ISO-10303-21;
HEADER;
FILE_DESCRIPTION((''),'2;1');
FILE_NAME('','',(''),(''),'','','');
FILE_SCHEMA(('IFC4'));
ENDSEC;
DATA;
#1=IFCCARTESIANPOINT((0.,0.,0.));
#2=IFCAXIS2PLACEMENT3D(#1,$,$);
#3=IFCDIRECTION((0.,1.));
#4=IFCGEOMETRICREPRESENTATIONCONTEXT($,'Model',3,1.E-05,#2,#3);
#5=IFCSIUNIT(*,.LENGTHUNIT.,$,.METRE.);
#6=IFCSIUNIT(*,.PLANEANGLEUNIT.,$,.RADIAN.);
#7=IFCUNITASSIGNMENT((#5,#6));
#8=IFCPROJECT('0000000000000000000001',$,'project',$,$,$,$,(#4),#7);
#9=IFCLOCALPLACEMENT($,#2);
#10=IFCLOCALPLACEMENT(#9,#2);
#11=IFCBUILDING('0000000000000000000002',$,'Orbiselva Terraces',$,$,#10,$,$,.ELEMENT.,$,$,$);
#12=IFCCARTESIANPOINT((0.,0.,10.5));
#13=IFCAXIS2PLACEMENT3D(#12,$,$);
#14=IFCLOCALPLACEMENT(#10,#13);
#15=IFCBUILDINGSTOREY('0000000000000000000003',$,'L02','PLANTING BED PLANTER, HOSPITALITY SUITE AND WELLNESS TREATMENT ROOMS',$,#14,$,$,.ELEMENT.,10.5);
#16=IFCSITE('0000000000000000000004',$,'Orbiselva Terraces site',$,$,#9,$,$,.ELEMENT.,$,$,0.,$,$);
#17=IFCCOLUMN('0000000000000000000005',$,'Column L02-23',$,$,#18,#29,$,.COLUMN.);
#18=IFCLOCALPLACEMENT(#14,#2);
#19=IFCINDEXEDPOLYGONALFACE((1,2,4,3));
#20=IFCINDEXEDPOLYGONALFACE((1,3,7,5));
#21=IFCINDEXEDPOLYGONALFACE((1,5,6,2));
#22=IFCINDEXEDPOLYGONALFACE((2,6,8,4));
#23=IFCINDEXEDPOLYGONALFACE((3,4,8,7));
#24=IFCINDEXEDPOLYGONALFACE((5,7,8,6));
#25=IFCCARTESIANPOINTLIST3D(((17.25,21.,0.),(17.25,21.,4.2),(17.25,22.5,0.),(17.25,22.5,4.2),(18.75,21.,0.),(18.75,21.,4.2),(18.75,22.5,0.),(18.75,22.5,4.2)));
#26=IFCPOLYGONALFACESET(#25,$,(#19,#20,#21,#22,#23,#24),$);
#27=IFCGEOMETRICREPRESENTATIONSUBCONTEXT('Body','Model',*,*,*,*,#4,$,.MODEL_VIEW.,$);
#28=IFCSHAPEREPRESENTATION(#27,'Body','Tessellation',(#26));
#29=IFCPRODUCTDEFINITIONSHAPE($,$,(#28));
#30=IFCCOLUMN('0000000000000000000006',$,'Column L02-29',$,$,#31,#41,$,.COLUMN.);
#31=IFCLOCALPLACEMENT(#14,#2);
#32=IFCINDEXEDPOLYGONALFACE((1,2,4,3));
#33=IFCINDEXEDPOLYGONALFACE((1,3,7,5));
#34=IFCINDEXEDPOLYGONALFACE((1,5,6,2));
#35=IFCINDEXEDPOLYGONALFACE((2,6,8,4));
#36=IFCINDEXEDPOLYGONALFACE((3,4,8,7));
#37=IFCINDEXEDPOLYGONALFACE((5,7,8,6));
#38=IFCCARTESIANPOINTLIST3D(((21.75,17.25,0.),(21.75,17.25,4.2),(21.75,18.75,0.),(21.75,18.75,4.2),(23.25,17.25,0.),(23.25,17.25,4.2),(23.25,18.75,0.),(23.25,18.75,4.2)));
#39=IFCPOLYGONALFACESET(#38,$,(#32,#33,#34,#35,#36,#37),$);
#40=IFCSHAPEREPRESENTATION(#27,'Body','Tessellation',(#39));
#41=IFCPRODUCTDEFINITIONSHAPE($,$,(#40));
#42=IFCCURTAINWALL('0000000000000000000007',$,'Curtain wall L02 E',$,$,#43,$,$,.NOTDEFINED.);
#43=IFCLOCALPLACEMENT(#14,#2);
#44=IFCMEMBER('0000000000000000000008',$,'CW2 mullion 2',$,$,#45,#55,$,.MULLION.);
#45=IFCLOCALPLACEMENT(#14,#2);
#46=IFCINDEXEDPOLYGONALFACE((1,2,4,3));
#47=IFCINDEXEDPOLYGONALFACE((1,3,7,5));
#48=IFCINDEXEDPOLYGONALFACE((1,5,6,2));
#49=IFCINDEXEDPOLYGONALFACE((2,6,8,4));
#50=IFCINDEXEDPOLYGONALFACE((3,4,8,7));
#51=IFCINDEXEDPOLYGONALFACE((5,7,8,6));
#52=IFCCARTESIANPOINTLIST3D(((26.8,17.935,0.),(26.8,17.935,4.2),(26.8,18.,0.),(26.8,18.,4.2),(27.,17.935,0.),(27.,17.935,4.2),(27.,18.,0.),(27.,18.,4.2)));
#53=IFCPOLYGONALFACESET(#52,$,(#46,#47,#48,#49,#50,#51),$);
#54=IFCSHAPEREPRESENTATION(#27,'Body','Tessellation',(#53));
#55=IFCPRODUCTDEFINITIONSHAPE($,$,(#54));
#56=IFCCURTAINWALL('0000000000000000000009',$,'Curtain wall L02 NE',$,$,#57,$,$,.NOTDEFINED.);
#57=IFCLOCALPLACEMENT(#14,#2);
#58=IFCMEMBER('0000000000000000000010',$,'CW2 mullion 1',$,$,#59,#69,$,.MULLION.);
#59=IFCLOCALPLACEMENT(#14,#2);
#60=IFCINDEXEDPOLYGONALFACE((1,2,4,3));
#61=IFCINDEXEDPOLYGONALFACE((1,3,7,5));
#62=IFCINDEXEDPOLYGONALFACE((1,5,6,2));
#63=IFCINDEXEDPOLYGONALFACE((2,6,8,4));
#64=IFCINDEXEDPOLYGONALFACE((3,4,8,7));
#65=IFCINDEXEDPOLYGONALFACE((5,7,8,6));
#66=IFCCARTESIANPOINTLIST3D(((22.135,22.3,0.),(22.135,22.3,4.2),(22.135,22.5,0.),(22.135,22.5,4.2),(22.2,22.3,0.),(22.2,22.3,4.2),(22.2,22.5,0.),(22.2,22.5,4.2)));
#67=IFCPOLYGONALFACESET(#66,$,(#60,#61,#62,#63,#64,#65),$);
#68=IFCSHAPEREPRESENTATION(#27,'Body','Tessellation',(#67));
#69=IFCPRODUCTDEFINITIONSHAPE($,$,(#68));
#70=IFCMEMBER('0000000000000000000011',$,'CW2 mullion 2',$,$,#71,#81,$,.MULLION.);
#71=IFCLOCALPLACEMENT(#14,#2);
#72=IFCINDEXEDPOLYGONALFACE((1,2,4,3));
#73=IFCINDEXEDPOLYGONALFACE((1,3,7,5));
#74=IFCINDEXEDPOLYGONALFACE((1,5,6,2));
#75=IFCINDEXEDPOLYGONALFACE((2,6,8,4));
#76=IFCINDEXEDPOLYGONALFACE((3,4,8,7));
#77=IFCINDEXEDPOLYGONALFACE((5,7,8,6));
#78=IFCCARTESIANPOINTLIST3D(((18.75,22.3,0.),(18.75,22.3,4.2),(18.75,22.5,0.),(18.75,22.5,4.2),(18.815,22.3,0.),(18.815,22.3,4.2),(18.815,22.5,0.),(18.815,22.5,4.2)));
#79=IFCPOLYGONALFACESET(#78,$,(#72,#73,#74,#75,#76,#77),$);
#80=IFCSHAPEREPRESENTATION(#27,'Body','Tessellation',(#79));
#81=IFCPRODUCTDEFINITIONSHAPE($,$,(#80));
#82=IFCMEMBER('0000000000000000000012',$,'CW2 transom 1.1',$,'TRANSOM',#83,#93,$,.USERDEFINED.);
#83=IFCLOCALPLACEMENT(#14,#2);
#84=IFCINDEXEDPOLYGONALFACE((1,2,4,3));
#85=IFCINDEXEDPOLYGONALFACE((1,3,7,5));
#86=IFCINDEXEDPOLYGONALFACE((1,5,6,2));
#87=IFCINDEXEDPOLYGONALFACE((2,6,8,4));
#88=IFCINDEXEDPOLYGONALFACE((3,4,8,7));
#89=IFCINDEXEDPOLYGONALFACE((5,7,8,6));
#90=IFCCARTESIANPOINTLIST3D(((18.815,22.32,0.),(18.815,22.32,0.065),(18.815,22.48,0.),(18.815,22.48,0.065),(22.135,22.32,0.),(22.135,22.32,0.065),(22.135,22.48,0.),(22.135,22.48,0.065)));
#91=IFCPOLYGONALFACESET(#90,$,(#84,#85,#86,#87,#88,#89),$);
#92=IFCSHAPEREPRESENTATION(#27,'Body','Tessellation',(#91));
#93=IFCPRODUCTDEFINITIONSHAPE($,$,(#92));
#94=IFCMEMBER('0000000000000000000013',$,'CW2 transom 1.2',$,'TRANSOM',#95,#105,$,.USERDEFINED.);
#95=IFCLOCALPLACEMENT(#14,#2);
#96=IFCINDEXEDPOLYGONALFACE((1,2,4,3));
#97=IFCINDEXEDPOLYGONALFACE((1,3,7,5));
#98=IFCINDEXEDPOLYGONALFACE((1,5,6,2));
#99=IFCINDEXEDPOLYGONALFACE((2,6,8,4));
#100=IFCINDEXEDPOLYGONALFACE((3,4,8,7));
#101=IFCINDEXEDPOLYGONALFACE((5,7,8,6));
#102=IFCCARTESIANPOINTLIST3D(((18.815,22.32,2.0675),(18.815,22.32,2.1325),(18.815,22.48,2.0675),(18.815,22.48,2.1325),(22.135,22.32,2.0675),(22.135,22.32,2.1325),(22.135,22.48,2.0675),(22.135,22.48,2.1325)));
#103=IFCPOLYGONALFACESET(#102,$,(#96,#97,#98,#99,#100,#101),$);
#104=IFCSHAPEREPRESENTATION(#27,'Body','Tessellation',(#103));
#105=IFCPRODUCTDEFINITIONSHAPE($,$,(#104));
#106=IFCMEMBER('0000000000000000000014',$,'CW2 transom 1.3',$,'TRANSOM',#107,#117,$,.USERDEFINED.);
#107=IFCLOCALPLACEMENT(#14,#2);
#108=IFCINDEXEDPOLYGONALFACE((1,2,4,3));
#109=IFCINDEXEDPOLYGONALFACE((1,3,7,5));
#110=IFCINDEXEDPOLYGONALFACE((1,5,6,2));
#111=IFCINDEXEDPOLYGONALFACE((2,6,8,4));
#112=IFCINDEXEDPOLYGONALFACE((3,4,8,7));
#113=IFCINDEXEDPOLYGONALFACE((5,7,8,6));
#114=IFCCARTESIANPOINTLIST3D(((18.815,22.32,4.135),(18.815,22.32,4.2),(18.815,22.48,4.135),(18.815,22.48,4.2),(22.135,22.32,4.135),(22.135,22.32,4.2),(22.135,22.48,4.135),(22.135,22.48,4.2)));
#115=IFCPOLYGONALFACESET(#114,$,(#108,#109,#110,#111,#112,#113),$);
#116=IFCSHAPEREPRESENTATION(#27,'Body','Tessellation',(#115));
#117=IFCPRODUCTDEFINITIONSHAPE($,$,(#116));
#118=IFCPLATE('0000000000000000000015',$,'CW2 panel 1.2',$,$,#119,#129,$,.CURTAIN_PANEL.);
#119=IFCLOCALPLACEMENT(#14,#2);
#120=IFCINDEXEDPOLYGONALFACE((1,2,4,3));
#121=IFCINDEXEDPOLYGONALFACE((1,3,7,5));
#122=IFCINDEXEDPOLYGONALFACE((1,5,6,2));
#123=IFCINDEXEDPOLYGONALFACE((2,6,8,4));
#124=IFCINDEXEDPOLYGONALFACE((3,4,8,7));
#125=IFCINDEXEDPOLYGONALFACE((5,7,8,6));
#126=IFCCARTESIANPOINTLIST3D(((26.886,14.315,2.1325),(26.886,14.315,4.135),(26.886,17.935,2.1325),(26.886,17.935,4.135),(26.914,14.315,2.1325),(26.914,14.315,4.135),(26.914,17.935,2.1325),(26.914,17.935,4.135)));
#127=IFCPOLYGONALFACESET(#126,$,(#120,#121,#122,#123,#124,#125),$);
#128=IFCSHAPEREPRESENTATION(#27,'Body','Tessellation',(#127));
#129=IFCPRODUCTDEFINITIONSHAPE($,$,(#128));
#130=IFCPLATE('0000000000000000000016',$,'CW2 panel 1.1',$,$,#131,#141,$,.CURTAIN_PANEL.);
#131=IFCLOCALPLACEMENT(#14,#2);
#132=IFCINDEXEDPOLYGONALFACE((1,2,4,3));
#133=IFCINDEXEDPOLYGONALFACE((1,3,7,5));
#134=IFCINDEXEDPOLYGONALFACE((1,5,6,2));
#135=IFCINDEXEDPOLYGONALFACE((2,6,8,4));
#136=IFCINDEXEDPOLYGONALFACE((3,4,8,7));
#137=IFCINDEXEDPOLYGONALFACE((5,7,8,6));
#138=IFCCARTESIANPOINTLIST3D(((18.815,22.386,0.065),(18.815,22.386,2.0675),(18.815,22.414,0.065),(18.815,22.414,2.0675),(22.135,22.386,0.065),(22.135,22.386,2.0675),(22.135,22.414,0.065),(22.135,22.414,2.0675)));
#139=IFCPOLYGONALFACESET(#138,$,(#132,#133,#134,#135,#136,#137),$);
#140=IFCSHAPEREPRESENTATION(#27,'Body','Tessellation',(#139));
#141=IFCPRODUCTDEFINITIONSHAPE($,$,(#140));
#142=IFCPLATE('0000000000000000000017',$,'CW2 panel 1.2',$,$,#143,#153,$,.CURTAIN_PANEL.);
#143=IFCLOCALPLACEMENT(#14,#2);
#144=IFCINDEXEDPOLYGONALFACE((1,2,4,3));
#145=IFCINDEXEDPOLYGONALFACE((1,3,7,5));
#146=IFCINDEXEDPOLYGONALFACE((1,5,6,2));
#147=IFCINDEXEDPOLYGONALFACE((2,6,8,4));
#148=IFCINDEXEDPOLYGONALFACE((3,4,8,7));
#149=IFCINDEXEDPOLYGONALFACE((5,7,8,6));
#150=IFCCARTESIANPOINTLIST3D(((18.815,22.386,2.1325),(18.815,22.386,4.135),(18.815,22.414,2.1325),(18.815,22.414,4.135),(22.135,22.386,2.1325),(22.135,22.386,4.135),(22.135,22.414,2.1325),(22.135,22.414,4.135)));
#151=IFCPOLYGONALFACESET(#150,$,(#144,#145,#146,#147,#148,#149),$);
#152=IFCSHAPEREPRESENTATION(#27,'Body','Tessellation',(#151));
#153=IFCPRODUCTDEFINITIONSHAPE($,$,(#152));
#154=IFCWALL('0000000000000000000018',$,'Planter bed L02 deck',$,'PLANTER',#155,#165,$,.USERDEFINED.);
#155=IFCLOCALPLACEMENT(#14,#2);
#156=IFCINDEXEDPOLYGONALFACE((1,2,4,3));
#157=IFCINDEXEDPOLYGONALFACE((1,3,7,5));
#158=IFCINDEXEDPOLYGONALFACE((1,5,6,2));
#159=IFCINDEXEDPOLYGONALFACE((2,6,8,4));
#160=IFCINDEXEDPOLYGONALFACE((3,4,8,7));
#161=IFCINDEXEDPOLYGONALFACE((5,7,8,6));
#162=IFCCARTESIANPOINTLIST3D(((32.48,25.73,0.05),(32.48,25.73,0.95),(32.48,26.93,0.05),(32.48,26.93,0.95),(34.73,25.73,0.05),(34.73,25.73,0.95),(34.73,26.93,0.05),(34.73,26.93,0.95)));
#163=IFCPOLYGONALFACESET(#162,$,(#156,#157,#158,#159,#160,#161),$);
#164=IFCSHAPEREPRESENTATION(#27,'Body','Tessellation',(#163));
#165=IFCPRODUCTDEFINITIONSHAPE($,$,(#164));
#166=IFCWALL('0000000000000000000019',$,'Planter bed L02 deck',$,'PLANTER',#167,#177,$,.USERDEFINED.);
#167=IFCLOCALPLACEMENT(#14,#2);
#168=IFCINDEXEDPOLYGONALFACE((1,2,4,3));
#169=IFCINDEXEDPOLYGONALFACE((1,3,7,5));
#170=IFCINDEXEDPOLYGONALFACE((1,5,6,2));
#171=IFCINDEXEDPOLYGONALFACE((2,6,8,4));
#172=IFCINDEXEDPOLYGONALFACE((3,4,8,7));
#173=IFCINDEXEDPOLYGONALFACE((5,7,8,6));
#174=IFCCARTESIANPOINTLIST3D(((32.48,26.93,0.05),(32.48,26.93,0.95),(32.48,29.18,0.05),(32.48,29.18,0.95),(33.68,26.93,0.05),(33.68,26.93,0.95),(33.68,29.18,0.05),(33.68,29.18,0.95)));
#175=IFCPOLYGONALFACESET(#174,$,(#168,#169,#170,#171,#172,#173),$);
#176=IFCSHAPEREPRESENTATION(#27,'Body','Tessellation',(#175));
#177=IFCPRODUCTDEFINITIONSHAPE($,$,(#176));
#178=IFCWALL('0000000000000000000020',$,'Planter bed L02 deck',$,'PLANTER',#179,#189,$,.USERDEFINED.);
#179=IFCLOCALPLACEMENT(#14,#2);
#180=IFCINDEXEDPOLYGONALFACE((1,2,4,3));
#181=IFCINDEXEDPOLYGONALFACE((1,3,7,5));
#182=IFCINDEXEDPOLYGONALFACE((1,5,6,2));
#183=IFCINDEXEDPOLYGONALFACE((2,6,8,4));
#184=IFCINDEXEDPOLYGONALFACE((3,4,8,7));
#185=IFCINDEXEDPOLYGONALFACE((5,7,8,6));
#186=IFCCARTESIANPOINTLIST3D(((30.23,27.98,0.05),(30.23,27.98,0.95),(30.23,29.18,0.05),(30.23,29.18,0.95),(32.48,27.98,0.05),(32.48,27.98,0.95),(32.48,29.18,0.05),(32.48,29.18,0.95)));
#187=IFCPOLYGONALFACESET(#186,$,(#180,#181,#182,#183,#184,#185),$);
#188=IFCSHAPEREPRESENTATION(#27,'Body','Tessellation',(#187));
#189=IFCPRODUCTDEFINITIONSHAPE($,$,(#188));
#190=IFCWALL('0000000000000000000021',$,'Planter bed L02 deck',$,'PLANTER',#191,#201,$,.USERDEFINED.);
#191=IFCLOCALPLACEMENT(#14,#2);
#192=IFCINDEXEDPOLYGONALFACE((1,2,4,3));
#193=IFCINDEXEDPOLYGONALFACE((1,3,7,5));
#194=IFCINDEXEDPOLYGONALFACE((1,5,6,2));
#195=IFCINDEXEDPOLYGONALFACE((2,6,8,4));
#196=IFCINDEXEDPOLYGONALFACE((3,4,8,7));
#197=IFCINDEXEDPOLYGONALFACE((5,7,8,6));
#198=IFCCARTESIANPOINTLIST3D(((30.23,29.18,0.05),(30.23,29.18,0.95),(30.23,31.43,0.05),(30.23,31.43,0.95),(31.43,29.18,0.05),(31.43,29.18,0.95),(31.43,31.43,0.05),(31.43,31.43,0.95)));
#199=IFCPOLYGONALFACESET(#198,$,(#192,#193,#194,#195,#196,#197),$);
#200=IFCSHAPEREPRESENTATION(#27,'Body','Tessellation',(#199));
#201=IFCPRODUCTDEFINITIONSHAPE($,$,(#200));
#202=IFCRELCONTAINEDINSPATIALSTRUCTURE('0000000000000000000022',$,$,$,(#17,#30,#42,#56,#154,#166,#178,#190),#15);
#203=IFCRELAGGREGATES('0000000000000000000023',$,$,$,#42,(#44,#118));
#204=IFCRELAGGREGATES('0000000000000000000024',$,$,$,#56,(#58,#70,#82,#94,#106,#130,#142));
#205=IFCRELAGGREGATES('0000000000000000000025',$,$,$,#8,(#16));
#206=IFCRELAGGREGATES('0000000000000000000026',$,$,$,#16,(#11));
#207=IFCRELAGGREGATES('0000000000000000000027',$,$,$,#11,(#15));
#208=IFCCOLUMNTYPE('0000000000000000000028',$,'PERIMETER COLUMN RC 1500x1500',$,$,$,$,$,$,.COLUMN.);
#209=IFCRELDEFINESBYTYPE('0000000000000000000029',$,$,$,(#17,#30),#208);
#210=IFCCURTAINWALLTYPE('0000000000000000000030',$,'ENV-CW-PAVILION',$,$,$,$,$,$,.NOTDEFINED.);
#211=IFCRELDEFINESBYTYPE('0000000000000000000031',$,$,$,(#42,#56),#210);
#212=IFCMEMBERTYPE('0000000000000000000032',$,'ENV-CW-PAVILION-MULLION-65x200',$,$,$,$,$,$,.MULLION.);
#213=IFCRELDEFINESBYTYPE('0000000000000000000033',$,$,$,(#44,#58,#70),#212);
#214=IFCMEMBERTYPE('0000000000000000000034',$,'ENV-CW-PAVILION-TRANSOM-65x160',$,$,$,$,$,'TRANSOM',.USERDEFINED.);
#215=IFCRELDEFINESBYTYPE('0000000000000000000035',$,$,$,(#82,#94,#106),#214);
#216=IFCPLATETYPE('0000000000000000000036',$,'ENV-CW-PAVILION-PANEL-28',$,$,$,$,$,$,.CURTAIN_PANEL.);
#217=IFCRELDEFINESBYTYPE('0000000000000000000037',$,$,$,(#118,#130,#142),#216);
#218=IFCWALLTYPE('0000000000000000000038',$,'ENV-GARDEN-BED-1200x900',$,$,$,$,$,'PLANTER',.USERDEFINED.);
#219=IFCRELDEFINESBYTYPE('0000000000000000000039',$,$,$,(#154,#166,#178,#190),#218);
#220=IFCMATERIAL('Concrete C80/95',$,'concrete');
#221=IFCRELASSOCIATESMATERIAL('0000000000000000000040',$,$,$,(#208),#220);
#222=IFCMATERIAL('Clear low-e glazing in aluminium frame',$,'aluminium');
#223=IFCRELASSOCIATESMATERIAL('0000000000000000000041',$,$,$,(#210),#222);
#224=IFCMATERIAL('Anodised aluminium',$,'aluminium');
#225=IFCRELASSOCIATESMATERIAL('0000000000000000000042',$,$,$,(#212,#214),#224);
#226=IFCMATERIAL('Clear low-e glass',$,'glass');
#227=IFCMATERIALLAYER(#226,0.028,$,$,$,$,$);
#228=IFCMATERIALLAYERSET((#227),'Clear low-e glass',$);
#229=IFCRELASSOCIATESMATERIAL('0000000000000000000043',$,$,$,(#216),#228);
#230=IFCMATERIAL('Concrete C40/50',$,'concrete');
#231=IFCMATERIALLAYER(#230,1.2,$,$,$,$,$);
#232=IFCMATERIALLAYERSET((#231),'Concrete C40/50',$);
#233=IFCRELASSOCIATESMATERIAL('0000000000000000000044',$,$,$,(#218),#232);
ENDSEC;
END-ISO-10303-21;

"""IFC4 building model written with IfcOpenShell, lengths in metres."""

from ifc_helpers import new_model, si_unit, direction, frame, frame_2d, origin, origin_2d, place, context, subcontext, project, spatial, rectangle, extrude, material, layer, layer_set, material_profile, profile_set, type_object, element, aggregate, save


model = new_model("IFC4")

# Units and contexts
model_context = context("Model", 3, precision=1e-05, world=origin(), true_north=direction((0.0, 1.0)))
body_context = subcontext(model_context, "Body", "Model", "MODEL_VIEW")
ifc_project = project(units=[si_unit("LENGTHUNIT", "METRE"), si_unit("PLANEANGLEUNIT", "RADIAN")], contexts=[model_context])

# Site, building, storey
site_placement = place(None, origin())
site = spatial("IfcSite", under=ifc_project, at=site_placement, Name="Orbiselva Terraces site", CompositionType="ELEMENT", RefElevation=0.0)
building_placement = place(site_placement, origin())
building = spatial("IfcBuilding", under=site, at=building_placement, Name="Orbiselva Terraces", CompositionType="ELEMENT")
storey_placement = place(building_placement, frame((0.0, 0.0, 10.5)))
storey = spatial("IfcBuildingStorey", under=building, at=storey_placement, Name="L02", Description="PLANTING BED PLANTER, HOSPITALITY SUITE AND WELLNESS TREATMENT ROOMS", CompositionType="ELEMENT", Elevation=10.5)

# Columns
ifc_material_1 = material(Name="Concrete C80/95", Category="concrete")
ifc_material_profile_1 = material_profile(ifc_material_1, rectangle(XDim=1.5, YDim=1.5, at=origin_2d()), Name="RC 1500x1500")
ifc_profile_set_1 = profile_set([ifc_material_profile_1], Name="Concrete C80/95")
column_type = type_object("IfcColumnType", Name="PERIMETER COLUMN RC 1500x1500", PredefinedType="COLUMN", material=ifc_profile_set_1)
for number, where, z_axis, x_axis, name in (
    (1, (18.0, 21.75, 0.0), (0.0, 0.0, 1.0), (1.0, 0.0, 0.0), "Column L02-23"),
    (2, (22.5, 18.0, 0.0), (0.0, 0.0, 1.0), (1.0, 0.0, 0.0), "Column L02-29"),
):
    element("IfcColumn", number, at=place(storey_placement, frame(where, z_axis=z_axis, x_axis=x_axis)), inside=storey, type_object=column_type, Name=name, PredefinedType="COLUMN", context=body_context, shape_type="SweptSolid", body=[
        extrude(rectangle(XDim=1.5, YDim=1.5, at=origin_2d()), origin(), (0.0, 0.0, 1.0), 4.2),
    ])

# Curtain wall, member
ifc_material_2 = material(Name="Clear low-e glazing in aluminium frame", Category="aluminium")
curtain_wall_type = type_object("IfcCurtainWallType", Name="ENV-CW-PAVILION", PredefinedType="NOTDEFINED", material=ifc_material_2)
curtain_wall_1_placement = place(storey_placement, origin())
curtain_wall_1 = element("IfcCurtainWall", 3, at=curtain_wall_1_placement, inside=storey, type_object=curtain_wall_type, Name="Curtain wall L02 E", PredefinedType="NOTDEFINED")
ifc_material_3 = material(Name="Anodised aluminium", Category="aluminium")
ifc_material_profile_2 = material_profile(ifc_material_3, rectangle(XDim=0.2, YDim=0.065, at=origin_2d()), Name="AL 65x200")
ifc_profile_set_2 = profile_set([ifc_material_profile_2], Name="Anodised aluminium")
member_type_1 = type_object("IfcMemberType", Name="ENV-CW-PAVILION-MULLION-65x200", PredefinedType="MULLION", material=ifc_profile_set_2)
member_1_placement = place(storey_placement, frame((26.9, 17.9675, 0.0), z_axis=(0.0, 0.0, 1.0), x_axis=(-1.0, 0.0, 0.0)))
member_1 = element("IfcMember", 4, at=member_1_placement, type_object=member_type_1, Name="CW2 mullion 2", PredefinedType="MULLION", context=body_context, shape_type="SweptSolid", body=[
    extrude(rectangle(XDim=0.2, YDim=0.065, at=origin_2d()), origin(), (0.0, 0.0, 1.0), 4.2),
])

# Curtain wall, members
curtain_wall_2_placement = place(storey_placement, origin())
curtain_wall_2 = element("IfcCurtainWall", 5, at=curtain_wall_2_placement, inside=storey, type_object=curtain_wall_type, Name="Curtain wall L02 NE", PredefinedType="NOTDEFINED")
member_2_placement = place(storey_placement, frame((22.1675, 22.4, 0.0), z_axis=(0.0, 0.0, 1.0), x_axis=(0.0, -1.0, 0.0)))
member_2 = element("IfcMember", 6, at=member_2_placement, type_object=member_type_1, Name="CW2 mullion 1", PredefinedType="MULLION", context=body_context, shape_type="SweptSolid", body=[
    extrude(rectangle(XDim=0.2, YDim=0.065, at=origin_2d()), origin(), (0.0, 0.0, 1.0), 4.2),
])
member_3_placement = place(storey_placement, frame((18.7825, 22.4, 0.0), z_axis=(0.0, 0.0, 1.0), x_axis=(0.0, -1.0, 0.0)))
member_3 = element("IfcMember", 7, at=member_3_placement, type_object=member_type_1, Name="CW2 mullion 2", PredefinedType="MULLION", context=body_context, shape_type="SweptSolid", body=[
    extrude(rectangle(XDim=0.2, YDim=0.065, at=origin_2d()), origin(), (0.0, 0.0, 1.0), 4.2),
])
ifc_material_profile_3 = material_profile(ifc_material_3, rectangle(XDim=0.16, YDim=0.065, at=origin_2d()), Name="AL 65x160")
ifc_profile_set_3 = profile_set([ifc_material_profile_3], Name="Anodised aluminium")
member_type_2 = type_object("IfcMemberType", Name="ENV-CW-PAVILION-TRANSOM-65x160", ElementType="TRANSOM", PredefinedType="USERDEFINED", material=ifc_profile_set_3)
member_4_placement = place(storey_placement, frame((22.135, 22.4, 0.0325), z_axis=(-1.0, 0.0, 0.0), x_axis=(0.0, -1.0, 0.0)))
member_4 = element("IfcMember", 8, at=member_4_placement, type_object=member_type_2, Name="CW2 transom 1.1", ObjectType="TRANSOM", PredefinedType="USERDEFINED", context=body_context, shape_type="SweptSolid", body=[
    extrude(rectangle(XDim=0.16, YDim=0.065, at=origin_2d()), origin(), (0.0, 0.0, 1.0), 3.32),
])
member_5_placement = place(storey_placement, frame((22.135, 22.4, 2.1), z_axis=(-1.0, 0.0, 0.0), x_axis=(0.0, -1.0, 0.0)))
member_5 = element("IfcMember", 9, at=member_5_placement, type_object=member_type_2, Name="CW2 transom 1.2", ObjectType="TRANSOM", PredefinedType="USERDEFINED", context=body_context, shape_type="SweptSolid", body=[
    extrude(rectangle(XDim=0.16, YDim=0.065, at=origin_2d()), origin(), (0.0, 0.0, 1.0), 3.32),
])
member_6_placement = place(storey_placement, frame((22.135, 22.4, 4.1675), z_axis=(-1.0, 0.0, 0.0), x_axis=(0.0, -1.0, 0.0)))
member_6 = element("IfcMember", 10, at=member_6_placement, type_object=member_type_2, Name="CW2 transom 1.3", ObjectType="TRANSOM", PredefinedType="USERDEFINED", context=body_context, shape_type="SweptSolid", body=[
    extrude(rectangle(XDim=0.16, YDim=0.065, at=origin_2d()), origin(), (0.0, 0.0, 1.0), 3.32),
])

# Plates
ifc_material_4 = material(Name="Clear low-e glass", Category="glass")
ifc_layer_1 = layer(ifc_material_4, 0.028)
ifc_layer_set_1 = layer_set([ifc_layer_1], Name="Clear low-e glass")
plate_type = type_object("IfcPlateType", Name="ENV-CW-PAVILION-PANEL-28", PredefinedType="CURTAIN_PANEL", material=ifc_layer_set_1)
plate_1_placement = place(storey_placement, frame((26.9, 16.125, 2.1325), z_axis=(0.0, 0.0, 1.0), x_axis=(0.0, 1.0, 0.0)))
plate_1 = element("IfcPlate", 11, at=plate_1_placement, type_object=plate_type, Name="CW2 panel 1.2", PredefinedType="CURTAIN_PANEL", context=body_context, shape_type="SweptSolid", body=[
    extrude(rectangle(XDim=3.62, YDim=0.028, at=origin_2d()), origin(), (0.0, 0.0, 1.0), 2.0025),
])
aggregate(curtain_wall_1, [member_1, plate_1])
plate_2_placement = place(storey_placement, frame((20.475, 22.4, 0.065), z_axis=(0.0, 0.0, 1.0), x_axis=(-1.0, 0.0, 0.0)))
plate_2 = element("IfcPlate", 12, at=plate_2_placement, type_object=plate_type, Name="CW2 panel 1.1", PredefinedType="CURTAIN_PANEL", context=body_context, shape_type="SweptSolid", body=[
    extrude(rectangle(XDim=3.32, YDim=0.028, at=origin_2d()), origin(), (0.0, 0.0, 1.0), 2.0025),
])
plate_3_placement = place(storey_placement, frame((20.475, 22.4, 2.1325), z_axis=(0.0, 0.0, 1.0), x_axis=(-1.0, 0.0, 0.0)))
plate_3 = element("IfcPlate", 13, at=plate_3_placement, type_object=plate_type, Name="CW2 panel 1.2", PredefinedType="CURTAIN_PANEL", context=body_context, shape_type="SweptSolid", body=[
    extrude(rectangle(XDim=3.32, YDim=0.028, at=origin_2d()), origin(), (0.0, 0.0, 1.0), 2.0025),
])
aggregate(curtain_wall_2, [member_2, member_3, member_4, member_5, member_6, plate_2, plate_3])

# Walls
ifc_material_5 = material(Name="Concrete C40/50", Category="concrete")
ifc_layer_2 = layer(ifc_material_5, 1.2)
ifc_layer_set_2 = layer_set([ifc_layer_2], Name="Concrete C40/50")
wall_type_1 = type_object("IfcWallType", Name="ENV-GARDEN-BED-1200x900", ElementType="PLANTER", PredefinedType="USERDEFINED", material=ifc_layer_set_2)
for number, where, z_axis, x_axis, name in (
    (14, (34.73, 26.33, 0.05), (0.0, 0.0, 1.0), (-1.0, 0.0, 0.0), "Planter bed L02 deck"),
    (15, (33.08, 26.93, 0.05), (0.0, 0.0, 1.0), (0.0, 1.0, 0.0), "Planter bed L02 deck"),
    (16, (32.48, 28.58, 0.05), (0.0, 0.0, 1.0), (-1.0, 0.0, 0.0), "Planter bed L02 deck"),
    (17, (30.83, 29.18, 0.05), (0.0, 0.0, 1.0), (0.0, 1.0, 0.0), "Planter bed L02 deck"),
):
    element("IfcWall", number, at=place(storey_placement, frame(where, z_axis=z_axis, x_axis=x_axis)), inside=storey, type_object=wall_type_1, Name=name, ObjectType="PLANTER", PredefinedType="USERDEFINED", context=body_context, shape_type="SweptSolid", body=[
        extrude(rectangle(XDim=2.25, YDim=1.2, at=frame_2d((1.125, 0.0))), origin(), (0.0, 0.0, 1.0), 0.9),
    ])

save(model, "model.ifc")
